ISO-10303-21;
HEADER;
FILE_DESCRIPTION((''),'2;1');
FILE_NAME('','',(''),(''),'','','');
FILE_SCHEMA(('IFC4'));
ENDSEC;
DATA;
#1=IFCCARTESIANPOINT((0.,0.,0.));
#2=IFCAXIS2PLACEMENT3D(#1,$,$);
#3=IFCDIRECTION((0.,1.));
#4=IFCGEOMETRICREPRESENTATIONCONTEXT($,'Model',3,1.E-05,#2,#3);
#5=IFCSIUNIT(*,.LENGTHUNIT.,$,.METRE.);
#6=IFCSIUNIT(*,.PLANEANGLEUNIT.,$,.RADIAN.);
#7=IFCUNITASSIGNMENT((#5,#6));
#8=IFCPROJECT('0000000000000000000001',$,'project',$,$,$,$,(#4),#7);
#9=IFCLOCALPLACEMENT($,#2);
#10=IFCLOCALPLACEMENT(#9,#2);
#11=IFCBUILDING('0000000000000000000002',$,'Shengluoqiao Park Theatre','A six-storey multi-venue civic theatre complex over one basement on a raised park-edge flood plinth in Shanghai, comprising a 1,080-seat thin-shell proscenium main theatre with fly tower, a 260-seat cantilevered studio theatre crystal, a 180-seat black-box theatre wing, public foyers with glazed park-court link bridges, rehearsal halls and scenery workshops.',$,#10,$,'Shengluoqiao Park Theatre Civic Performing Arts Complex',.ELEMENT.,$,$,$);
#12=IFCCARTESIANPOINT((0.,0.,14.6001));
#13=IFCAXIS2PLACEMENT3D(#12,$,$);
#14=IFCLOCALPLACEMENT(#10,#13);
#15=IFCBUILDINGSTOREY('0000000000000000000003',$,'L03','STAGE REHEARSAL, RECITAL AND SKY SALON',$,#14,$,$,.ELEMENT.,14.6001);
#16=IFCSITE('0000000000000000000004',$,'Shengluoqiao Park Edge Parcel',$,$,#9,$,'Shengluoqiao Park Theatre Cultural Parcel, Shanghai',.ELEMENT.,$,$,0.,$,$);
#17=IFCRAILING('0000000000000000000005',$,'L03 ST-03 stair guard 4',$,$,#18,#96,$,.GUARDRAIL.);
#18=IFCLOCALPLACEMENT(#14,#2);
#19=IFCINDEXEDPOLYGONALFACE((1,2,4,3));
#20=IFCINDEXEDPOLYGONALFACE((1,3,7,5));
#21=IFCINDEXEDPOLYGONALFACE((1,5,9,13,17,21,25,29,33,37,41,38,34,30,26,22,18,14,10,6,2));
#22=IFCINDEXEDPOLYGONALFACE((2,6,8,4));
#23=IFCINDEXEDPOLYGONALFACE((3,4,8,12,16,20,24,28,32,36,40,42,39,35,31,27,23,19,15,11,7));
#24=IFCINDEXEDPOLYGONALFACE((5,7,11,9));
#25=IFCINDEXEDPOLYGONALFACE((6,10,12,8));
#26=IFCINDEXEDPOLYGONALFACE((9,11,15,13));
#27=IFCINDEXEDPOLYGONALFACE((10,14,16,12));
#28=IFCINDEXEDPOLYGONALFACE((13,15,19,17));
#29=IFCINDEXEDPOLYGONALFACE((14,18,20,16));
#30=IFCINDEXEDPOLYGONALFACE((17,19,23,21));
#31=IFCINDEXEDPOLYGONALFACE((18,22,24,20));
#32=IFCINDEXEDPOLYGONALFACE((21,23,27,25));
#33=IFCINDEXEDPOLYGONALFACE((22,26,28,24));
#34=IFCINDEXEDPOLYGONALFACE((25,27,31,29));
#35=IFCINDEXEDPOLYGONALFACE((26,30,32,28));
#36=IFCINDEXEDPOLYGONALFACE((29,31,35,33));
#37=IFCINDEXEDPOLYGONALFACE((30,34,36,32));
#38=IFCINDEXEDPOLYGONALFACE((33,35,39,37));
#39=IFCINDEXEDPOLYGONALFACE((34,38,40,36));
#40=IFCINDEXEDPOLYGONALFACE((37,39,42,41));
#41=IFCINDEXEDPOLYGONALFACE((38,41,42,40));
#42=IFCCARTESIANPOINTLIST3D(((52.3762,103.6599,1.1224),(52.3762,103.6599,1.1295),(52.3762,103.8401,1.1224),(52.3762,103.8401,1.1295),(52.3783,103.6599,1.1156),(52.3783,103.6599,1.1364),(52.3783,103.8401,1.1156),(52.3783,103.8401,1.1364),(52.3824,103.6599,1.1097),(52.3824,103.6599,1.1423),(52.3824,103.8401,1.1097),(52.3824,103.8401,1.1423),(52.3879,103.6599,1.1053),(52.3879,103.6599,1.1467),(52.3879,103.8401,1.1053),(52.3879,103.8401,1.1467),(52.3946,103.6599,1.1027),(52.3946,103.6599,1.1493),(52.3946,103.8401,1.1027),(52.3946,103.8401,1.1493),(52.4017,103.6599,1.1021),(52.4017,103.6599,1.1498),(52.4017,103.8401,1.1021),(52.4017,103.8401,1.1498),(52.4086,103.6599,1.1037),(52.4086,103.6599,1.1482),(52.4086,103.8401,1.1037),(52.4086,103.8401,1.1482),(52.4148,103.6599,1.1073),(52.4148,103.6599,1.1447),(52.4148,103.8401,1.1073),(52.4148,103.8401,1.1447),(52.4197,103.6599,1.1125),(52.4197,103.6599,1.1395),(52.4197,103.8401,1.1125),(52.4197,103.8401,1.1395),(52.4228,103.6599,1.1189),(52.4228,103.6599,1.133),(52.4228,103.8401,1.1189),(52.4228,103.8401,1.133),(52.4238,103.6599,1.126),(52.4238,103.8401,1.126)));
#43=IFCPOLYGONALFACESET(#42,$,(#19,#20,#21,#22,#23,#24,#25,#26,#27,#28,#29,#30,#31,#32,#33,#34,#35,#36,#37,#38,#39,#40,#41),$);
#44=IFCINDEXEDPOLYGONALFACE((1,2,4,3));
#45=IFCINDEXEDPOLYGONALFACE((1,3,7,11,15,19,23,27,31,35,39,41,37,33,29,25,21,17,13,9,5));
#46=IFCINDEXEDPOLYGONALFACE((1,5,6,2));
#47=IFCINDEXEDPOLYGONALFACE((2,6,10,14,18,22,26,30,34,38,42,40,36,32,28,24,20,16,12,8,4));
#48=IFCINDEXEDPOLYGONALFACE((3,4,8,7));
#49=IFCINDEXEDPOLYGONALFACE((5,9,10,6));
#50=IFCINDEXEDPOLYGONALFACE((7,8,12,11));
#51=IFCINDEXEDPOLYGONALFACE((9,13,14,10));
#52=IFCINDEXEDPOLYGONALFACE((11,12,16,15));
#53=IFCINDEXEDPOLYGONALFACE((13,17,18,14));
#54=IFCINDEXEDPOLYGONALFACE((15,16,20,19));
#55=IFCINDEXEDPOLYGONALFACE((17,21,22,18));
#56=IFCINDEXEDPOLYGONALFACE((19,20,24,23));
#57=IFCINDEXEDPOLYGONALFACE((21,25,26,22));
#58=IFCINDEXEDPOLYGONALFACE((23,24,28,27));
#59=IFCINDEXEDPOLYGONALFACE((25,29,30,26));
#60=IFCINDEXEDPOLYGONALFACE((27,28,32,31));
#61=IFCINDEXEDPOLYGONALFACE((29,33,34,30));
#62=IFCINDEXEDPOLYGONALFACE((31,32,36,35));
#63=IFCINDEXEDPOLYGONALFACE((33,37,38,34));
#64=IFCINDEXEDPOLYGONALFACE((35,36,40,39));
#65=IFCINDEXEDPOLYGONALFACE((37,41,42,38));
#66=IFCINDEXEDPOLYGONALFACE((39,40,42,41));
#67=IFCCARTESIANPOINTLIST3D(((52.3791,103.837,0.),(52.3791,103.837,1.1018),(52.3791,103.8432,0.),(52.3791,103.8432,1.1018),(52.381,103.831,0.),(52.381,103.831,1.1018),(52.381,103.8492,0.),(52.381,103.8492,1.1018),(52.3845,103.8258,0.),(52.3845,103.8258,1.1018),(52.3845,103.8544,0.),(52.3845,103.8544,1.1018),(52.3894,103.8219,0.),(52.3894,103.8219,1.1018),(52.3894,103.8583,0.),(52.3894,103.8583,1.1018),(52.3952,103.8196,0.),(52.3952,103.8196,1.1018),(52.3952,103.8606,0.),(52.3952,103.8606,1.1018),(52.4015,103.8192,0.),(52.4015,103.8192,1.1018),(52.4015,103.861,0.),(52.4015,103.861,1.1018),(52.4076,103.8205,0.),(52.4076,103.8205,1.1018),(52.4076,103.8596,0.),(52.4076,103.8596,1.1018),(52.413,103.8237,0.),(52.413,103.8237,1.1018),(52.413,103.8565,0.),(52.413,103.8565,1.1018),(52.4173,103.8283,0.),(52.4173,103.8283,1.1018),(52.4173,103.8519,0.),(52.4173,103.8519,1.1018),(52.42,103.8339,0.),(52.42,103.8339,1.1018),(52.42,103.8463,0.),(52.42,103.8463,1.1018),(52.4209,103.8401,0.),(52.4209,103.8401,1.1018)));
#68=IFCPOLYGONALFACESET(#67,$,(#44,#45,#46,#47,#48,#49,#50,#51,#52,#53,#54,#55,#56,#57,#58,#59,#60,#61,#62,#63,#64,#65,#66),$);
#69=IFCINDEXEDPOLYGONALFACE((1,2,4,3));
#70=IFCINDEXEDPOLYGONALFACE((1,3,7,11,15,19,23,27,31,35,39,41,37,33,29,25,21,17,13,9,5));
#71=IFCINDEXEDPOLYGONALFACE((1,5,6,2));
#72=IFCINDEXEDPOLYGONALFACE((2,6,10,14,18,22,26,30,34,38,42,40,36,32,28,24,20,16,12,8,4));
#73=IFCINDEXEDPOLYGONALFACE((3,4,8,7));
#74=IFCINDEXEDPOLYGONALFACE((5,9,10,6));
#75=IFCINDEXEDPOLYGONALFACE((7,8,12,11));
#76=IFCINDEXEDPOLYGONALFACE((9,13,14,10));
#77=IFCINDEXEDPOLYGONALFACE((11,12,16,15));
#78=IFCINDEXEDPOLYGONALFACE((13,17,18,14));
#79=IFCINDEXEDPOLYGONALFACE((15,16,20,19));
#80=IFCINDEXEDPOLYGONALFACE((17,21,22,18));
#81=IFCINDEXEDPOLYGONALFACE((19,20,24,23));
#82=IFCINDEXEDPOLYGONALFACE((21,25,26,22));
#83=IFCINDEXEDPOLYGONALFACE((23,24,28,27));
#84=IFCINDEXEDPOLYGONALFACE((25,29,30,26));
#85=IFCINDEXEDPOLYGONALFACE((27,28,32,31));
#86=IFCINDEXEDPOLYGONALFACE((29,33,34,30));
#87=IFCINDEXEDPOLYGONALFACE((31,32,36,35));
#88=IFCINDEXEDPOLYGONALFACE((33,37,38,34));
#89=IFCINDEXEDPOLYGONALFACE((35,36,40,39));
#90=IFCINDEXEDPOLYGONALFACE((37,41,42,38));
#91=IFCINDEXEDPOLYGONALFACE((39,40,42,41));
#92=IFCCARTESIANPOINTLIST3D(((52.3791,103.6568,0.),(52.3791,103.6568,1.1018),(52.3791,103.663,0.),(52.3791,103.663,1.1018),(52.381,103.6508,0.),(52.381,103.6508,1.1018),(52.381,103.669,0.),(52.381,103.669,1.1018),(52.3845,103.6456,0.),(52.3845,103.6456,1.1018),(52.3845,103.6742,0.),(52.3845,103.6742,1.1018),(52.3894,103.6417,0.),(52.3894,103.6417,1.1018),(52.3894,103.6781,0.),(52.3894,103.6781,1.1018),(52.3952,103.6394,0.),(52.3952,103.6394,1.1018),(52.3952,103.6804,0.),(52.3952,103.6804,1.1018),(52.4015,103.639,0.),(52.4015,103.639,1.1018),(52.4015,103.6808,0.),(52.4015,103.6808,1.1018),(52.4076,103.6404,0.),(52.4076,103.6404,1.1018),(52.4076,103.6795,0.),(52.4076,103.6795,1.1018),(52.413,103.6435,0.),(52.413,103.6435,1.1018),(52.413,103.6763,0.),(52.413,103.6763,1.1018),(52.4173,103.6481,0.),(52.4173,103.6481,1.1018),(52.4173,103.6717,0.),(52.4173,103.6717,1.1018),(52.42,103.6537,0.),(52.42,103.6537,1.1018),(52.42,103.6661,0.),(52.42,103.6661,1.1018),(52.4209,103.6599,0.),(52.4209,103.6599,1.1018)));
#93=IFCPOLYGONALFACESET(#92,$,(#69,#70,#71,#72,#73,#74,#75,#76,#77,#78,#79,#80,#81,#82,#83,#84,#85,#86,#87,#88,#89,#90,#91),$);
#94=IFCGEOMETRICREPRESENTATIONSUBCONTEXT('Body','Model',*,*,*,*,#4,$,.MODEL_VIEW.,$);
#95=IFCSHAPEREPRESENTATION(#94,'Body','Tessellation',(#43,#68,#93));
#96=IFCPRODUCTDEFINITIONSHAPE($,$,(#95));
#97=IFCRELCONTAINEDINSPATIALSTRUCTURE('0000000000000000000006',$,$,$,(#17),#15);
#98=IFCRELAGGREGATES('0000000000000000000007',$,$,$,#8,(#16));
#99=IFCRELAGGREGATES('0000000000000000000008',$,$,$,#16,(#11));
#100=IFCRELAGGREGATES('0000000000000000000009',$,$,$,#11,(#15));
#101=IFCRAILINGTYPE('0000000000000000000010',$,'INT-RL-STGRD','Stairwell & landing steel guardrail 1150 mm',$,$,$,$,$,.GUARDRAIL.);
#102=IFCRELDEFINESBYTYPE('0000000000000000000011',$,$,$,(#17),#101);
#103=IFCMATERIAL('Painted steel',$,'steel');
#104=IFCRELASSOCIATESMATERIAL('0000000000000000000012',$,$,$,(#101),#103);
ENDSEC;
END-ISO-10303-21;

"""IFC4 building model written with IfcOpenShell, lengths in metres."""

from ifc_helpers import new_model, si_unit, direction, frame, origin, origin_2d, place, context, subcontext, project, spatial, circle, extrude, material, type_object, element, save


model = new_model("IFC4")

# Units and contexts
model_context = context("Model", 3, precision=1e-05, world=origin(), true_north=direction((0.0, 1.0)))
body_context = subcontext(model_context, "Body", "Model", "MODEL_VIEW")
ifc_project = project(units=[si_unit("LENGTHUNIT", "METRE"), si_unit("PLANEANGLEUNIT", "RADIAN")], contexts=[model_context])

# Site, building, storey
site_placement = place(None, origin())
site = spatial("IfcSite", under=ifc_project, at=site_placement, Name="Shengluoqiao Park Edge Parcel", LongName="Shengluoqiao Park Theatre Cultural Parcel, Shanghai", CompositionType="ELEMENT", RefElevation=0.0)
building_placement = place(site_placement, origin())
building = spatial("IfcBuilding", under=site, at=building_placement, Name="Shengluoqiao Park Theatre", Description="A six-storey multi-venue civic theatre complex over one basement on a raised park-edge flood plinth in Shanghai, comprising a 1,080-seat thin-shell proscenium main theatre with fly tower, a 260-seat cantilevered studio theatre crystal, a 180-seat black-box theatre wing, public foyers with glazed park-court link bridges, rehearsal halls and scenery workshops.", LongName="Shengluoqiao Park Theatre Civic Performing Arts Complex", CompositionType="ELEMENT")
storey_placement = place(building_placement, frame((0.0, 0.0, 14.6001)))
storey = spatial("IfcBuildingStorey", under=building, at=storey_placement, Name="L03", Description="STAGE REHEARSAL, RECITAL AND SKY SALON", CompositionType="ELEMENT", Elevation=14.6001)

# Railing
ifc_material_1 = material(Name="Painted steel", Category="steel")
railing_type_1 = type_object("IfcRailingType", Name="INT-RL-STGRD", Description="Stairwell & landing steel guardrail 1150 mm", PredefinedType="GUARDRAIL", material=ifc_material_1)
railing_1_placement = place(storey_placement, frame((52.3999, 103.8401, 0.0)))
element("IfcRailing", 1, at=railing_1_placement, inside=storey, type_object=railing_type_1, Name="L03 ST-03 stair guard 4", PredefinedType="GUARDRAIL", context=body_context, shape_type="SweptSolid", body=[
    extrude(circle(Radius=0.0239, at=origin_2d()), frame((0.0, 0.0, 1.126), z_axis=(0.0, -1.0, 0.0), x_axis=(1.0, 0.0, 0.0)), (0.0, 0.0, 1.0), 0.1802),
    extrude(circle(Radius=0.021, at=origin_2d()), origin(), (0.0, 0.0, 1.0), 1.1018),
    extrude(circle(Radius=0.021, at=origin_2d()), frame((0.0, -0.1802, 0.0)), (0.0, 0.0, 1.0), 1.1018),
])

save(model, "model.ifc")
